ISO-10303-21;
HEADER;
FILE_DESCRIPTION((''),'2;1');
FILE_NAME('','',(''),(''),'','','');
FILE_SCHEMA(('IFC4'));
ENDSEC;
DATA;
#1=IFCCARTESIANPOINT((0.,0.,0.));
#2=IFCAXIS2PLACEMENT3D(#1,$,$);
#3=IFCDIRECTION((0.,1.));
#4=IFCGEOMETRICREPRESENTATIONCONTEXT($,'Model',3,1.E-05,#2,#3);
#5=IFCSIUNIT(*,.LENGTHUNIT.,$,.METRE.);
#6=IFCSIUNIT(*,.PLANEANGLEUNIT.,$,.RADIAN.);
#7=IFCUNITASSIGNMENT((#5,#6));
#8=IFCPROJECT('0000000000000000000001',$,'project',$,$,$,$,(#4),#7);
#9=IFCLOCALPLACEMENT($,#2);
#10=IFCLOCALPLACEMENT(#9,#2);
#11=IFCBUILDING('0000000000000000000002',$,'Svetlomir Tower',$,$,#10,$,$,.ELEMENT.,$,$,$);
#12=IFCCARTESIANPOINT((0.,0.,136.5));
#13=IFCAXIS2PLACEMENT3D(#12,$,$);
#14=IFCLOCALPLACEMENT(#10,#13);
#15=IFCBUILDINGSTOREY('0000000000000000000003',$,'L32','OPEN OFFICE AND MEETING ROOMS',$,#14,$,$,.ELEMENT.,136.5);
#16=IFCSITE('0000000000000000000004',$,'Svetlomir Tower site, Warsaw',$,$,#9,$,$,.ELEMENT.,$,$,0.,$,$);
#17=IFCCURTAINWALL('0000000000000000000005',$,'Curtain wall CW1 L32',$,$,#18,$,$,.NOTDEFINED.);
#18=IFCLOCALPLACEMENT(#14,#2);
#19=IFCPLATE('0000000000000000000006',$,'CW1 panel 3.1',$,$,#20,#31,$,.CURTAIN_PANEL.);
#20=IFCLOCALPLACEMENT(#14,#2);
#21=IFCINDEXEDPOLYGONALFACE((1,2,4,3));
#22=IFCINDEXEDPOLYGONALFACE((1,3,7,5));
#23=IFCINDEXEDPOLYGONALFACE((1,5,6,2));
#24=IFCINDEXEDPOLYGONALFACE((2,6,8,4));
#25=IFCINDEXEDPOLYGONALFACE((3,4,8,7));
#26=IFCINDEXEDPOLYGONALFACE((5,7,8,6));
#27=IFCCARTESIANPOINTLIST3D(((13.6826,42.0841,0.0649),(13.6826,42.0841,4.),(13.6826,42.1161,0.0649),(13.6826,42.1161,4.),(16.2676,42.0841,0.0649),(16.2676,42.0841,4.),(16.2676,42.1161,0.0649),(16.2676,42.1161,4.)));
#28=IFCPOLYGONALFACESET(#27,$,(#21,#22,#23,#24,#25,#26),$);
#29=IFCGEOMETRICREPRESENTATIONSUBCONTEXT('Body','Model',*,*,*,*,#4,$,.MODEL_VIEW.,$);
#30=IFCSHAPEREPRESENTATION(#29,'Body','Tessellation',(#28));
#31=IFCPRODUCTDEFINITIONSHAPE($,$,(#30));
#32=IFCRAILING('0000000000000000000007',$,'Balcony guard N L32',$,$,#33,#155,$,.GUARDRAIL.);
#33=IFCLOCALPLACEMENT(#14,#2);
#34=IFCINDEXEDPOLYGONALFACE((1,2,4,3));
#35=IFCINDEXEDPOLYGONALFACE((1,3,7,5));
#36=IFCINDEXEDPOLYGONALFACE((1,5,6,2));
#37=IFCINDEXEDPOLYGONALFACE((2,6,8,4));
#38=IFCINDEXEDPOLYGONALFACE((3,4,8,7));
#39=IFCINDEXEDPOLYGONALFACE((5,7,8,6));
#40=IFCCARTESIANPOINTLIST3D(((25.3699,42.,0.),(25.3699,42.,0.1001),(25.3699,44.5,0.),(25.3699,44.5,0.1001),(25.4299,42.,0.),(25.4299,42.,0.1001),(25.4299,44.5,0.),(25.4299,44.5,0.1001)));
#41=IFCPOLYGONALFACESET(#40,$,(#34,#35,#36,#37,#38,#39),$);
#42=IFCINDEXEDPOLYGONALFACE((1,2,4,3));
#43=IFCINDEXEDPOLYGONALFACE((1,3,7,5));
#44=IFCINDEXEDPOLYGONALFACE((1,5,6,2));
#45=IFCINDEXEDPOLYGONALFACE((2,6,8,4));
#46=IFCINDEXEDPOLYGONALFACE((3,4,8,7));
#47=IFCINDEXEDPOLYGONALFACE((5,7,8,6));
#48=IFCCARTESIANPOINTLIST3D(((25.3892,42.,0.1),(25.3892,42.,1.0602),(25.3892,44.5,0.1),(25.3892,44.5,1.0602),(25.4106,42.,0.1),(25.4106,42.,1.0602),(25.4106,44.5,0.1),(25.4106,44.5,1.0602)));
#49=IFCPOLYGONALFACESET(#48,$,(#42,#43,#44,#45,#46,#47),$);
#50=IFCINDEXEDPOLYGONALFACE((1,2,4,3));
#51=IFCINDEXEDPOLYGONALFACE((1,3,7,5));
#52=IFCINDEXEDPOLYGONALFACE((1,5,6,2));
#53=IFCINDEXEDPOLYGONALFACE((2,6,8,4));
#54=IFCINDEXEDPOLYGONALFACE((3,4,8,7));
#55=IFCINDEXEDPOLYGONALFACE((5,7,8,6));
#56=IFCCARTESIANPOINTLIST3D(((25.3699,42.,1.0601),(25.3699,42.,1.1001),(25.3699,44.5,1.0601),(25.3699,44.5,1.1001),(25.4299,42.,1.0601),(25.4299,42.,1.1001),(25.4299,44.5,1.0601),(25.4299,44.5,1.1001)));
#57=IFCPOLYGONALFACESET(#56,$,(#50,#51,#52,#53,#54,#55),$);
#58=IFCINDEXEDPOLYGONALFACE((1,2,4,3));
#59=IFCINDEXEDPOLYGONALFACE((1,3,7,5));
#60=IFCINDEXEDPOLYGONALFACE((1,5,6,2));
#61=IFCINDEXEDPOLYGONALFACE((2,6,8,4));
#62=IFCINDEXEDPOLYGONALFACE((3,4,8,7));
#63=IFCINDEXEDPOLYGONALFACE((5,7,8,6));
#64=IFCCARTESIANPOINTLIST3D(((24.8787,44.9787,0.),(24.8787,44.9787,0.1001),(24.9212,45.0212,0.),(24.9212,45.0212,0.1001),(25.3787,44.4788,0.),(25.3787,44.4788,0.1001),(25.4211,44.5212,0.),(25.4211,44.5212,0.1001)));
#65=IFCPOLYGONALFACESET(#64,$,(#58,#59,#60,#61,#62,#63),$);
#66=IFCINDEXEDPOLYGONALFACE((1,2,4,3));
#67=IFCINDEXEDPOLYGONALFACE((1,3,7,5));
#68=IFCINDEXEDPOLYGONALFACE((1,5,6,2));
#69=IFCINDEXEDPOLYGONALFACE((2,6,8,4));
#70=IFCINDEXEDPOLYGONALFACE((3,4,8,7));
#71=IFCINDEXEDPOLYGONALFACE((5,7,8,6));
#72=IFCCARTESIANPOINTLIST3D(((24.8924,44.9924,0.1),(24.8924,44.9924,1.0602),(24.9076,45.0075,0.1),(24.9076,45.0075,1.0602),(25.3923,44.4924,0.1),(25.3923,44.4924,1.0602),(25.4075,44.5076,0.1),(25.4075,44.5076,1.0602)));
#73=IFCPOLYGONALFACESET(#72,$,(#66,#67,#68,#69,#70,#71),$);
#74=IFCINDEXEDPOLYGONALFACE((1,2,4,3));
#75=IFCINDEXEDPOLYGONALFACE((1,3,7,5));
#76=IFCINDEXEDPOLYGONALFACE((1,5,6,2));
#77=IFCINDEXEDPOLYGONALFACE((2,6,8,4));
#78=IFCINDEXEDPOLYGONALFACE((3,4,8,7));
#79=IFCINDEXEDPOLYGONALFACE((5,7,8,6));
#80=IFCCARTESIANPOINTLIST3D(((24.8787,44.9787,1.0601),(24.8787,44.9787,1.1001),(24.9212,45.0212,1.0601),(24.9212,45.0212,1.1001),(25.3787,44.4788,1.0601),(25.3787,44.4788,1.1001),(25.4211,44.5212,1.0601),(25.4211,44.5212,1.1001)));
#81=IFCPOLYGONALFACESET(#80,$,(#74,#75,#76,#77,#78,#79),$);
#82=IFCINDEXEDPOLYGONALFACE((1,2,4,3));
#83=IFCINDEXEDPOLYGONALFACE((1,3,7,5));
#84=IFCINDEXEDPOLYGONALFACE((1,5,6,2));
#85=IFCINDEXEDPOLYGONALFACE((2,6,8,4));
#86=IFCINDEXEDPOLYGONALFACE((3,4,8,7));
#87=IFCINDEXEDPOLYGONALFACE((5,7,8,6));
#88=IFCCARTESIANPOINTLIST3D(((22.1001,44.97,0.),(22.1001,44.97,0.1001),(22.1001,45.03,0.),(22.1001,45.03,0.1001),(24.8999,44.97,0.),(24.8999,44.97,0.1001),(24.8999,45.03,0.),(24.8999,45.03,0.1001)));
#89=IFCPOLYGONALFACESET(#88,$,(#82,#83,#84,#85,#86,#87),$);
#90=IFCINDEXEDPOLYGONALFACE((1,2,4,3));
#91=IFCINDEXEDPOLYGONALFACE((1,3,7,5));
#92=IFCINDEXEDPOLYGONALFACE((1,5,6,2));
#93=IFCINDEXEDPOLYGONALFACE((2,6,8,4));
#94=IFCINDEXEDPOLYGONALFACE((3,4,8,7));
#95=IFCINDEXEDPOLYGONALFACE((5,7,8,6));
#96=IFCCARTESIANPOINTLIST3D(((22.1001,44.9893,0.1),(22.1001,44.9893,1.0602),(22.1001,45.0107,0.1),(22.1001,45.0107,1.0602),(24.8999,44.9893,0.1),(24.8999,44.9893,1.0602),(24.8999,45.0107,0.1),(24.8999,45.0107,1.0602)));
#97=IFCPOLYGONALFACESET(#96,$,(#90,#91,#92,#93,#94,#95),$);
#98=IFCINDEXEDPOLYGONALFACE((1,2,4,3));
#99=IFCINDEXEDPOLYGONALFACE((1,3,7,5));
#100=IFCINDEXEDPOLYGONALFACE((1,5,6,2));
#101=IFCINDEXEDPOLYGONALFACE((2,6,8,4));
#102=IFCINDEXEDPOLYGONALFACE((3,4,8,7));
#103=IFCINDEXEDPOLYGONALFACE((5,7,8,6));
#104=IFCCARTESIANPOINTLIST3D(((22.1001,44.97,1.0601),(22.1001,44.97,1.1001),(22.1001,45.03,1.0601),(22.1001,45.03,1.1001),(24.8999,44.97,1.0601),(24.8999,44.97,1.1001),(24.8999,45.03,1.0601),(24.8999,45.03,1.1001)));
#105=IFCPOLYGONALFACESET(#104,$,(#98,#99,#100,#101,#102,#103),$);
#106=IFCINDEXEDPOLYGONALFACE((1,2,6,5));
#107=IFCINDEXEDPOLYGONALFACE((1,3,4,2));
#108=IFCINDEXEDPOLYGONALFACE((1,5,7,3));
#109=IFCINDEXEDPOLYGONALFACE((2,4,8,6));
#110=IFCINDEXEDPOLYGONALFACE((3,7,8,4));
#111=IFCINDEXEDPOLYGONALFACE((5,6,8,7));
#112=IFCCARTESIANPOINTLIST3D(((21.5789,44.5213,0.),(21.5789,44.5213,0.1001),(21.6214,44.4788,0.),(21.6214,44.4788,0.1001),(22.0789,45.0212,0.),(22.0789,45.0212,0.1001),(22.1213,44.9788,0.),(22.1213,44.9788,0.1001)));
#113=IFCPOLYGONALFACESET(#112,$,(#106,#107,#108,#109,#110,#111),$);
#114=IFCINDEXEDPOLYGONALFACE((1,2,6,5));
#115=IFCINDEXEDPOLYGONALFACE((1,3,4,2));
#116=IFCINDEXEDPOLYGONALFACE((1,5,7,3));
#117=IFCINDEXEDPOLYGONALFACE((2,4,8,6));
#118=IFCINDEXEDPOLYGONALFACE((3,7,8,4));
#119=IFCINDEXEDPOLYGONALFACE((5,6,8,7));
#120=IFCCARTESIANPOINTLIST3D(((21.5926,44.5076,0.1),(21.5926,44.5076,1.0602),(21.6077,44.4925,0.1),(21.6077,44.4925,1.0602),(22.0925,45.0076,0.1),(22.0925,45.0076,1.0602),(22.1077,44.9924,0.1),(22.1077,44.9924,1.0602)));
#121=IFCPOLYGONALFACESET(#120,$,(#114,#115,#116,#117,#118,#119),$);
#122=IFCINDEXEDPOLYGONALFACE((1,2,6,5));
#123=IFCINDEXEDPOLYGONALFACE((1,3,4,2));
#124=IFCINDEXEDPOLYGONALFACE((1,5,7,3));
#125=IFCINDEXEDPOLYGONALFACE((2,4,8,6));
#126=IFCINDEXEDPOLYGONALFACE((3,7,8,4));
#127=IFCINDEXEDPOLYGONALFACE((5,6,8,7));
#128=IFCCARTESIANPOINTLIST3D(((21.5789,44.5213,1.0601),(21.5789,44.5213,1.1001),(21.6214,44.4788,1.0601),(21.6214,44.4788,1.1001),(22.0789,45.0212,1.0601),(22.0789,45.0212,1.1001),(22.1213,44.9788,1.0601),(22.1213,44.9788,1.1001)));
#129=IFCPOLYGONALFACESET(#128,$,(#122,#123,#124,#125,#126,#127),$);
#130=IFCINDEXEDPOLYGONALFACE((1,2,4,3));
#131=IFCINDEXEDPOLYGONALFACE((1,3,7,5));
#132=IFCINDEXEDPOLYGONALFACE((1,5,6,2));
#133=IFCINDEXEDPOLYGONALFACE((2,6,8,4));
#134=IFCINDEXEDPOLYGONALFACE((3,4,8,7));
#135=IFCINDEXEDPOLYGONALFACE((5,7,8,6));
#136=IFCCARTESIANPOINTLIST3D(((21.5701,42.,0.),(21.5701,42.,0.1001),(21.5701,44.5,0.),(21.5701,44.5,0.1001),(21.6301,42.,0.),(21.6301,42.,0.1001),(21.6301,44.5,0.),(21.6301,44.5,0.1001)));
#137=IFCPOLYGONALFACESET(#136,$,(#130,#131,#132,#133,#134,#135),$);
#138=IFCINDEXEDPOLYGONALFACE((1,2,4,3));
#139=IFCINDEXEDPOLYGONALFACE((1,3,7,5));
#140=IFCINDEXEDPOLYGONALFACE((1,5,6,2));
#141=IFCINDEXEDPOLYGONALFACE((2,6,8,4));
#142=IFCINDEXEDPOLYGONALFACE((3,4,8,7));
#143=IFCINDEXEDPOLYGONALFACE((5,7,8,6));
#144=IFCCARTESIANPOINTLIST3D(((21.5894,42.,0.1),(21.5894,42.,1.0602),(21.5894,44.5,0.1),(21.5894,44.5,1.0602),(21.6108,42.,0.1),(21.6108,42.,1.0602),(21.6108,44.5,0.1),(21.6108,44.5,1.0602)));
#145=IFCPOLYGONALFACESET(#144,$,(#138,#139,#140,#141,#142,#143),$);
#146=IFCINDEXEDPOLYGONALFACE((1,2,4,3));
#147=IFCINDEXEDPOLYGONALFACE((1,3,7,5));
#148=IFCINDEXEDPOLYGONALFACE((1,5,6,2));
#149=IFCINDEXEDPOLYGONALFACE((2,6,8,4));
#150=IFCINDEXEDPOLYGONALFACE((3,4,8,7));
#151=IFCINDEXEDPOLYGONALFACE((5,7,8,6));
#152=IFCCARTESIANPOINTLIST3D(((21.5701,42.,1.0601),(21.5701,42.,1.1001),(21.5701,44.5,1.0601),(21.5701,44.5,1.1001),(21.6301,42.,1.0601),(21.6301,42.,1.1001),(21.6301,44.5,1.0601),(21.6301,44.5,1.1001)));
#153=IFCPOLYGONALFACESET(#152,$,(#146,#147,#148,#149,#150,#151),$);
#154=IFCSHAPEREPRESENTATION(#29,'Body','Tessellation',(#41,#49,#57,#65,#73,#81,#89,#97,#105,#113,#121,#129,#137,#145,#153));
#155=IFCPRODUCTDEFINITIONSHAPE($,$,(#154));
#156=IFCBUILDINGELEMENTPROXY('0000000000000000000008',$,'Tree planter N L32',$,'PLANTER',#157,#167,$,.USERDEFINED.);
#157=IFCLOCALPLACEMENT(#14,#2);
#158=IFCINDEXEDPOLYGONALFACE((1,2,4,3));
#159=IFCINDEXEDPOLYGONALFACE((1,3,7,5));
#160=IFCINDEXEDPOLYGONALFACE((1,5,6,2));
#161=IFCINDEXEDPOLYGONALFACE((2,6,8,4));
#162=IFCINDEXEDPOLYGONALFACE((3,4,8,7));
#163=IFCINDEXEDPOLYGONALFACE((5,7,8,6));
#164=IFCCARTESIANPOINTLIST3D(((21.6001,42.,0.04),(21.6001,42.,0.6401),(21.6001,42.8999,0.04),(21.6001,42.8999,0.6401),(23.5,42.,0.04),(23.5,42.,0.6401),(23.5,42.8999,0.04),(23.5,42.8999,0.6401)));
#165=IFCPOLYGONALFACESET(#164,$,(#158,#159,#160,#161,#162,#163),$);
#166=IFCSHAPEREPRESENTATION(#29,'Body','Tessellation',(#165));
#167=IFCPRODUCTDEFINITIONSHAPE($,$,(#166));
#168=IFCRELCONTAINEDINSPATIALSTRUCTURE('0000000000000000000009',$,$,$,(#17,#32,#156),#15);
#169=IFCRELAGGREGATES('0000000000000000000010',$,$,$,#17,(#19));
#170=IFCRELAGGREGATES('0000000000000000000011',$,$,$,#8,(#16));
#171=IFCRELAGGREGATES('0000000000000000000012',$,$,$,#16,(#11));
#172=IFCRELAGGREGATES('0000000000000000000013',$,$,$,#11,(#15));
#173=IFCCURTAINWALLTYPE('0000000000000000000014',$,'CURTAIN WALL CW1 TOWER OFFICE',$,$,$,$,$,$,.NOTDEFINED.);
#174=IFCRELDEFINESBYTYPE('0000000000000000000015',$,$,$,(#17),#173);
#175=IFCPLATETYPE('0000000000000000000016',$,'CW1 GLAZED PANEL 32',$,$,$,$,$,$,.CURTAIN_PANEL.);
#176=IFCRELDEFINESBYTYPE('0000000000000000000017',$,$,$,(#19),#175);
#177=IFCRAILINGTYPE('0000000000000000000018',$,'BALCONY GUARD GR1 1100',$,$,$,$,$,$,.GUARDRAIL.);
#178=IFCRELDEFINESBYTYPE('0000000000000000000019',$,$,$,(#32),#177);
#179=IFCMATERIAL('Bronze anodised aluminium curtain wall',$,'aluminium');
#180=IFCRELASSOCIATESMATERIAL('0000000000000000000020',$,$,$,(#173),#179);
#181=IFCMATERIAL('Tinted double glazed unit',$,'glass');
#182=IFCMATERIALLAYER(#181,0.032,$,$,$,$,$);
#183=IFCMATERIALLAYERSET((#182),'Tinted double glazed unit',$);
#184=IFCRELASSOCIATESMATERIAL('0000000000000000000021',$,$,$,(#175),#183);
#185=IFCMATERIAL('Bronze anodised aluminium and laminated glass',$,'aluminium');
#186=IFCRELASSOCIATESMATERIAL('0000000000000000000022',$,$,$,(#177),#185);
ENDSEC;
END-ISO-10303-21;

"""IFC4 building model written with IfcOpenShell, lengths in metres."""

from ifc_helpers import new_model, si_unit, direction, frame, origin, origin_2d, place, context, subcontext, project, spatial, rectangle, extrude, material, layer, layer_set, type_object, element, aggregate, save


model = new_model("IFC4")

# Units and contexts
model_context = context("Model", 3, precision=1e-05, world=origin(), true_north=direction((0.0, 1.0)))
body_context = subcontext(model_context, "Body", "Model", "MODEL_VIEW")
ifc_project = project(units=[si_unit("LENGTHUNIT", "METRE"), si_unit("PLANEANGLEUNIT", "RADIAN")], contexts=[model_context])

# Site, building, storey
site_placement = place(None, origin())
site = spatial("IfcSite", under=ifc_project, at=site_placement, Name="Svetlomir Tower site, Warsaw", CompositionType="ELEMENT", RefElevation=0.0)
building_placement = place(site_placement, origin())
building = spatial("IfcBuilding", under=site, at=building_placement, Name="Svetlomir Tower", CompositionType="ELEMENT")
storey_placement = place(building_placement, frame((0.0, 0.0, 136.5)))
storey = spatial("IfcBuildingStorey", under=building, at=storey_placement, Name="L32", Description="OPEN OFFICE AND MEETING ROOMS", CompositionType="ELEMENT", Elevation=136.5)

# Curtain wall
ifc_material_1 = material(Name="Bronze anodised aluminium curtain wall", Category="aluminium")
curtain_wall_type = type_object("IfcCurtainWallType", Name="CURTAIN WALL CW1 TOWER OFFICE", PredefinedType="NOTDEFINED", material=ifc_material_1)
curtain_wall_1_placement = place(storey_placement, origin())
curtain_wall_1 = element("IfcCurtainWall", 1, at=curtain_wall_1_placement, inside=storey, type_object=curtain_wall_type, Name="Curtain wall CW1 L32", PredefinedType="NOTDEFINED")

# Plate
ifc_material_2 = material(Name="Tinted double glazed unit", Category="glass")
ifc_layer_1 = layer(ifc_material_2, 0.032)
ifc_layer_set_1 = layer_set([ifc_layer_1], Name="Tinted double glazed unit")
plate_type = type_object("IfcPlateType", Name="CW1 GLAZED PANEL 32", PredefinedType="CURTAIN_PANEL", material=ifc_layer_set_1)
plate_1_placement = place(storey_placement, frame((14.9751, 42.1001, 0.0649), z_axis=(0.0, 0.0, 1.0), x_axis=(-1.0, 0.0, 0.0)))
plate_1 = element("IfcPlate", 2, at=plate_1_placement, type_object=plate_type, Name="CW1 panel 3.1", PredefinedType="CURTAIN_PANEL", context=body_context, shape_type="SweptSolid", body=[
    extrude(rectangle(XDim=2.585, YDim=0.032, at=origin_2d()), origin(), (0.0, 0.0, 1.0), 3.9351),
])
aggregate(curtain_wall_1, [plate_1])

# Railing
ifc_material_3 = material(Name="Bronze anodised aluminium and laminated glass", Category="aluminium")
railing_type = type_object("IfcRailingType", Name="BALCONY GUARD GR1 1100", PredefinedType="GUARDRAIL", material=ifc_material_3)
railing_placement = place(storey_placement, frame((25.3999, 42.0, 0.0)))
element("IfcRailing", 3, at=railing_placement, inside=storey, type_object=railing_type, Name="Balcony guard N L32", PredefinedType="GUARDRAIL", context=body_context, shape_type="SweptSolid", body=[
    extrude(rectangle(XDim=0.0601, YDim=0.1001, at=origin_2d()), frame((0.0, 0.0, 0.05), z_axis=(0.0, 1.0, 0.0), x_axis=(-1.0, 0.0, 0.0)), (0.0, 0.0, 1.0), 2.5),
    extrude(rectangle(XDim=0.0215, YDim=0.9602, at=origin_2d()), frame((0.0, 0.0, 0.5801), z_axis=(0.0, 1.0, 0.0), x_axis=(-1.0, 0.0, 0.0)), (0.0, 0.0, 1.0), 2.5),
    extrude(rectangle(XDim=0.0601, YDim=0.04, at=origin_2d()), frame((0.0, 0.0, 1.0801), z_axis=(0.0, 1.0, 0.0), x_axis=(-1.0, 0.0, 0.0)), (0.0, 0.0, 1.0), 2.5),
    extrude(rectangle(XDim=0.0601, YDim=0.1001, at=origin_2d()), frame((0.0, 2.5, 0.05), z_axis=(-0.707107, 0.707107, 0.0), x_axis=(-0.707107, -0.707107, 0.0)), (0.0, 0.0, 1.0), 0.707),
    extrude(rectangle(XDim=0.0215, YDim=0.9602, at=origin_2d()), frame((0.0, 2.5, 0.5801), z_axis=(-0.707107, 0.707107, 0.0), x_axis=(-0.707107, -0.707107, 0.0)), (0.0, 0.0, 1.0), 0.707),
    extrude(rectangle(XDim=0.0601, YDim=0.04, at=origin_2d()), frame((0.0, 2.5, 1.0801), z_axis=(-0.707107, 0.707107, 0.0), x_axis=(-0.707107, -0.707107, 0.0)), (0.0, 0.0, 1.0), 0.707),
    extrude(rectangle(XDim=0.0601, YDim=0.1001, at=origin_2d()), frame((-0.5, 3.0, 0.05), z_axis=(-1.0, 0.0, 0.0), x_axis=(0.0, -1.0, 0.0)), (0.0, 0.0, 1.0), 2.7998),
    extrude(rectangle(XDim=0.0215, YDim=0.9602, at=origin_2d()), frame((-0.5, 3.0, 0.5801), z_axis=(-1.0, 0.0, 0.0), x_axis=(0.0, -1.0, 0.0)), (0.0, 0.0, 1.0), 2.7998),
    extrude(rectangle(XDim=0.0601, YDim=0.04, at=origin_2d()), frame((-0.5, 3.0, 1.0801), z_axis=(-1.0, 0.0, 0.0), x_axis=(0.0, -1.0, 0.0)), (0.0, 0.0, 1.0), 2.7998),
    extrude(rectangle(XDim=0.0601, YDim=0.1001, at=origin_2d()), frame((-3.2998, 3.0, 0.05), z_axis=(-0.707107, -0.707107, 0.0), x_axis=(0.707107, -0.707107, 0.0)), (0.0, 0.0, 1.0), 0.707),
    extrude(rectangle(XDim=0.0215, YDim=0.9602, at=origin_2d()), frame((-3.2998, 3.0, 0.5801), z_axis=(-0.707107, -0.707107, 0.0), x_axis=(0.707107, -0.707107, 0.0)), (0.0, 0.0, 1.0), 0.707),
    extrude(rectangle(XDim=0.0601, YDim=0.04, at=origin_2d()), frame((-3.2998, 3.0, 1.0801), z_axis=(-0.707107, -0.707107, 0.0), x_axis=(0.707107, -0.707107, 0.0)), (0.0, 0.0, 1.0), 0.707),
    extrude(rectangle(XDim=0.0601, YDim=0.1001, at=origin_2d()), frame((-3.7998, 2.5, 0.05), z_axis=(0.0, -1.0, 0.0), x_axis=(1.0, 0.0, 0.0)), (0.0, 0.0, 1.0), 2.5),
    extrude(rectangle(XDim=0.0215, YDim=0.9602, at=origin_2d()), frame((-3.7998, 2.5, 0.5801), z_axis=(0.0, -1.0, 0.0), x_axis=(1.0, 0.0, 0.0)), (0.0, 0.0, 1.0), 2.5),
    extrude(rectangle(XDim=0.0601, YDim=0.04, at=origin_2d()), frame((-3.7998, 2.5, 1.0801), z_axis=(0.0, -1.0, 0.0), x_axis=(1.0, 0.0, 0.0)), (0.0, 0.0, 1.0), 2.5),
])

# Building element proxy
proxy_placement = place(storey_placement, frame((22.55, 42.45, 0.04), z_axis=(0.0, 0.0, 1.0), x_axis=(1.0, 0.0, 0.0)))
element("IfcBuildingElementProxy", 4, at=proxy_placement, inside=storey, Name="Tree planter N L32", ObjectType="PLANTER", PredefinedType="USERDEFINED", context=body_context, shape_type="SweptSolid", body=[
    extrude(rectangle(XDim=1.8999, YDim=0.8999, at=origin_2d()), origin(), (0.0, 0.0, 1.0), 0.6001),
])

save(model, "model.ifc")
